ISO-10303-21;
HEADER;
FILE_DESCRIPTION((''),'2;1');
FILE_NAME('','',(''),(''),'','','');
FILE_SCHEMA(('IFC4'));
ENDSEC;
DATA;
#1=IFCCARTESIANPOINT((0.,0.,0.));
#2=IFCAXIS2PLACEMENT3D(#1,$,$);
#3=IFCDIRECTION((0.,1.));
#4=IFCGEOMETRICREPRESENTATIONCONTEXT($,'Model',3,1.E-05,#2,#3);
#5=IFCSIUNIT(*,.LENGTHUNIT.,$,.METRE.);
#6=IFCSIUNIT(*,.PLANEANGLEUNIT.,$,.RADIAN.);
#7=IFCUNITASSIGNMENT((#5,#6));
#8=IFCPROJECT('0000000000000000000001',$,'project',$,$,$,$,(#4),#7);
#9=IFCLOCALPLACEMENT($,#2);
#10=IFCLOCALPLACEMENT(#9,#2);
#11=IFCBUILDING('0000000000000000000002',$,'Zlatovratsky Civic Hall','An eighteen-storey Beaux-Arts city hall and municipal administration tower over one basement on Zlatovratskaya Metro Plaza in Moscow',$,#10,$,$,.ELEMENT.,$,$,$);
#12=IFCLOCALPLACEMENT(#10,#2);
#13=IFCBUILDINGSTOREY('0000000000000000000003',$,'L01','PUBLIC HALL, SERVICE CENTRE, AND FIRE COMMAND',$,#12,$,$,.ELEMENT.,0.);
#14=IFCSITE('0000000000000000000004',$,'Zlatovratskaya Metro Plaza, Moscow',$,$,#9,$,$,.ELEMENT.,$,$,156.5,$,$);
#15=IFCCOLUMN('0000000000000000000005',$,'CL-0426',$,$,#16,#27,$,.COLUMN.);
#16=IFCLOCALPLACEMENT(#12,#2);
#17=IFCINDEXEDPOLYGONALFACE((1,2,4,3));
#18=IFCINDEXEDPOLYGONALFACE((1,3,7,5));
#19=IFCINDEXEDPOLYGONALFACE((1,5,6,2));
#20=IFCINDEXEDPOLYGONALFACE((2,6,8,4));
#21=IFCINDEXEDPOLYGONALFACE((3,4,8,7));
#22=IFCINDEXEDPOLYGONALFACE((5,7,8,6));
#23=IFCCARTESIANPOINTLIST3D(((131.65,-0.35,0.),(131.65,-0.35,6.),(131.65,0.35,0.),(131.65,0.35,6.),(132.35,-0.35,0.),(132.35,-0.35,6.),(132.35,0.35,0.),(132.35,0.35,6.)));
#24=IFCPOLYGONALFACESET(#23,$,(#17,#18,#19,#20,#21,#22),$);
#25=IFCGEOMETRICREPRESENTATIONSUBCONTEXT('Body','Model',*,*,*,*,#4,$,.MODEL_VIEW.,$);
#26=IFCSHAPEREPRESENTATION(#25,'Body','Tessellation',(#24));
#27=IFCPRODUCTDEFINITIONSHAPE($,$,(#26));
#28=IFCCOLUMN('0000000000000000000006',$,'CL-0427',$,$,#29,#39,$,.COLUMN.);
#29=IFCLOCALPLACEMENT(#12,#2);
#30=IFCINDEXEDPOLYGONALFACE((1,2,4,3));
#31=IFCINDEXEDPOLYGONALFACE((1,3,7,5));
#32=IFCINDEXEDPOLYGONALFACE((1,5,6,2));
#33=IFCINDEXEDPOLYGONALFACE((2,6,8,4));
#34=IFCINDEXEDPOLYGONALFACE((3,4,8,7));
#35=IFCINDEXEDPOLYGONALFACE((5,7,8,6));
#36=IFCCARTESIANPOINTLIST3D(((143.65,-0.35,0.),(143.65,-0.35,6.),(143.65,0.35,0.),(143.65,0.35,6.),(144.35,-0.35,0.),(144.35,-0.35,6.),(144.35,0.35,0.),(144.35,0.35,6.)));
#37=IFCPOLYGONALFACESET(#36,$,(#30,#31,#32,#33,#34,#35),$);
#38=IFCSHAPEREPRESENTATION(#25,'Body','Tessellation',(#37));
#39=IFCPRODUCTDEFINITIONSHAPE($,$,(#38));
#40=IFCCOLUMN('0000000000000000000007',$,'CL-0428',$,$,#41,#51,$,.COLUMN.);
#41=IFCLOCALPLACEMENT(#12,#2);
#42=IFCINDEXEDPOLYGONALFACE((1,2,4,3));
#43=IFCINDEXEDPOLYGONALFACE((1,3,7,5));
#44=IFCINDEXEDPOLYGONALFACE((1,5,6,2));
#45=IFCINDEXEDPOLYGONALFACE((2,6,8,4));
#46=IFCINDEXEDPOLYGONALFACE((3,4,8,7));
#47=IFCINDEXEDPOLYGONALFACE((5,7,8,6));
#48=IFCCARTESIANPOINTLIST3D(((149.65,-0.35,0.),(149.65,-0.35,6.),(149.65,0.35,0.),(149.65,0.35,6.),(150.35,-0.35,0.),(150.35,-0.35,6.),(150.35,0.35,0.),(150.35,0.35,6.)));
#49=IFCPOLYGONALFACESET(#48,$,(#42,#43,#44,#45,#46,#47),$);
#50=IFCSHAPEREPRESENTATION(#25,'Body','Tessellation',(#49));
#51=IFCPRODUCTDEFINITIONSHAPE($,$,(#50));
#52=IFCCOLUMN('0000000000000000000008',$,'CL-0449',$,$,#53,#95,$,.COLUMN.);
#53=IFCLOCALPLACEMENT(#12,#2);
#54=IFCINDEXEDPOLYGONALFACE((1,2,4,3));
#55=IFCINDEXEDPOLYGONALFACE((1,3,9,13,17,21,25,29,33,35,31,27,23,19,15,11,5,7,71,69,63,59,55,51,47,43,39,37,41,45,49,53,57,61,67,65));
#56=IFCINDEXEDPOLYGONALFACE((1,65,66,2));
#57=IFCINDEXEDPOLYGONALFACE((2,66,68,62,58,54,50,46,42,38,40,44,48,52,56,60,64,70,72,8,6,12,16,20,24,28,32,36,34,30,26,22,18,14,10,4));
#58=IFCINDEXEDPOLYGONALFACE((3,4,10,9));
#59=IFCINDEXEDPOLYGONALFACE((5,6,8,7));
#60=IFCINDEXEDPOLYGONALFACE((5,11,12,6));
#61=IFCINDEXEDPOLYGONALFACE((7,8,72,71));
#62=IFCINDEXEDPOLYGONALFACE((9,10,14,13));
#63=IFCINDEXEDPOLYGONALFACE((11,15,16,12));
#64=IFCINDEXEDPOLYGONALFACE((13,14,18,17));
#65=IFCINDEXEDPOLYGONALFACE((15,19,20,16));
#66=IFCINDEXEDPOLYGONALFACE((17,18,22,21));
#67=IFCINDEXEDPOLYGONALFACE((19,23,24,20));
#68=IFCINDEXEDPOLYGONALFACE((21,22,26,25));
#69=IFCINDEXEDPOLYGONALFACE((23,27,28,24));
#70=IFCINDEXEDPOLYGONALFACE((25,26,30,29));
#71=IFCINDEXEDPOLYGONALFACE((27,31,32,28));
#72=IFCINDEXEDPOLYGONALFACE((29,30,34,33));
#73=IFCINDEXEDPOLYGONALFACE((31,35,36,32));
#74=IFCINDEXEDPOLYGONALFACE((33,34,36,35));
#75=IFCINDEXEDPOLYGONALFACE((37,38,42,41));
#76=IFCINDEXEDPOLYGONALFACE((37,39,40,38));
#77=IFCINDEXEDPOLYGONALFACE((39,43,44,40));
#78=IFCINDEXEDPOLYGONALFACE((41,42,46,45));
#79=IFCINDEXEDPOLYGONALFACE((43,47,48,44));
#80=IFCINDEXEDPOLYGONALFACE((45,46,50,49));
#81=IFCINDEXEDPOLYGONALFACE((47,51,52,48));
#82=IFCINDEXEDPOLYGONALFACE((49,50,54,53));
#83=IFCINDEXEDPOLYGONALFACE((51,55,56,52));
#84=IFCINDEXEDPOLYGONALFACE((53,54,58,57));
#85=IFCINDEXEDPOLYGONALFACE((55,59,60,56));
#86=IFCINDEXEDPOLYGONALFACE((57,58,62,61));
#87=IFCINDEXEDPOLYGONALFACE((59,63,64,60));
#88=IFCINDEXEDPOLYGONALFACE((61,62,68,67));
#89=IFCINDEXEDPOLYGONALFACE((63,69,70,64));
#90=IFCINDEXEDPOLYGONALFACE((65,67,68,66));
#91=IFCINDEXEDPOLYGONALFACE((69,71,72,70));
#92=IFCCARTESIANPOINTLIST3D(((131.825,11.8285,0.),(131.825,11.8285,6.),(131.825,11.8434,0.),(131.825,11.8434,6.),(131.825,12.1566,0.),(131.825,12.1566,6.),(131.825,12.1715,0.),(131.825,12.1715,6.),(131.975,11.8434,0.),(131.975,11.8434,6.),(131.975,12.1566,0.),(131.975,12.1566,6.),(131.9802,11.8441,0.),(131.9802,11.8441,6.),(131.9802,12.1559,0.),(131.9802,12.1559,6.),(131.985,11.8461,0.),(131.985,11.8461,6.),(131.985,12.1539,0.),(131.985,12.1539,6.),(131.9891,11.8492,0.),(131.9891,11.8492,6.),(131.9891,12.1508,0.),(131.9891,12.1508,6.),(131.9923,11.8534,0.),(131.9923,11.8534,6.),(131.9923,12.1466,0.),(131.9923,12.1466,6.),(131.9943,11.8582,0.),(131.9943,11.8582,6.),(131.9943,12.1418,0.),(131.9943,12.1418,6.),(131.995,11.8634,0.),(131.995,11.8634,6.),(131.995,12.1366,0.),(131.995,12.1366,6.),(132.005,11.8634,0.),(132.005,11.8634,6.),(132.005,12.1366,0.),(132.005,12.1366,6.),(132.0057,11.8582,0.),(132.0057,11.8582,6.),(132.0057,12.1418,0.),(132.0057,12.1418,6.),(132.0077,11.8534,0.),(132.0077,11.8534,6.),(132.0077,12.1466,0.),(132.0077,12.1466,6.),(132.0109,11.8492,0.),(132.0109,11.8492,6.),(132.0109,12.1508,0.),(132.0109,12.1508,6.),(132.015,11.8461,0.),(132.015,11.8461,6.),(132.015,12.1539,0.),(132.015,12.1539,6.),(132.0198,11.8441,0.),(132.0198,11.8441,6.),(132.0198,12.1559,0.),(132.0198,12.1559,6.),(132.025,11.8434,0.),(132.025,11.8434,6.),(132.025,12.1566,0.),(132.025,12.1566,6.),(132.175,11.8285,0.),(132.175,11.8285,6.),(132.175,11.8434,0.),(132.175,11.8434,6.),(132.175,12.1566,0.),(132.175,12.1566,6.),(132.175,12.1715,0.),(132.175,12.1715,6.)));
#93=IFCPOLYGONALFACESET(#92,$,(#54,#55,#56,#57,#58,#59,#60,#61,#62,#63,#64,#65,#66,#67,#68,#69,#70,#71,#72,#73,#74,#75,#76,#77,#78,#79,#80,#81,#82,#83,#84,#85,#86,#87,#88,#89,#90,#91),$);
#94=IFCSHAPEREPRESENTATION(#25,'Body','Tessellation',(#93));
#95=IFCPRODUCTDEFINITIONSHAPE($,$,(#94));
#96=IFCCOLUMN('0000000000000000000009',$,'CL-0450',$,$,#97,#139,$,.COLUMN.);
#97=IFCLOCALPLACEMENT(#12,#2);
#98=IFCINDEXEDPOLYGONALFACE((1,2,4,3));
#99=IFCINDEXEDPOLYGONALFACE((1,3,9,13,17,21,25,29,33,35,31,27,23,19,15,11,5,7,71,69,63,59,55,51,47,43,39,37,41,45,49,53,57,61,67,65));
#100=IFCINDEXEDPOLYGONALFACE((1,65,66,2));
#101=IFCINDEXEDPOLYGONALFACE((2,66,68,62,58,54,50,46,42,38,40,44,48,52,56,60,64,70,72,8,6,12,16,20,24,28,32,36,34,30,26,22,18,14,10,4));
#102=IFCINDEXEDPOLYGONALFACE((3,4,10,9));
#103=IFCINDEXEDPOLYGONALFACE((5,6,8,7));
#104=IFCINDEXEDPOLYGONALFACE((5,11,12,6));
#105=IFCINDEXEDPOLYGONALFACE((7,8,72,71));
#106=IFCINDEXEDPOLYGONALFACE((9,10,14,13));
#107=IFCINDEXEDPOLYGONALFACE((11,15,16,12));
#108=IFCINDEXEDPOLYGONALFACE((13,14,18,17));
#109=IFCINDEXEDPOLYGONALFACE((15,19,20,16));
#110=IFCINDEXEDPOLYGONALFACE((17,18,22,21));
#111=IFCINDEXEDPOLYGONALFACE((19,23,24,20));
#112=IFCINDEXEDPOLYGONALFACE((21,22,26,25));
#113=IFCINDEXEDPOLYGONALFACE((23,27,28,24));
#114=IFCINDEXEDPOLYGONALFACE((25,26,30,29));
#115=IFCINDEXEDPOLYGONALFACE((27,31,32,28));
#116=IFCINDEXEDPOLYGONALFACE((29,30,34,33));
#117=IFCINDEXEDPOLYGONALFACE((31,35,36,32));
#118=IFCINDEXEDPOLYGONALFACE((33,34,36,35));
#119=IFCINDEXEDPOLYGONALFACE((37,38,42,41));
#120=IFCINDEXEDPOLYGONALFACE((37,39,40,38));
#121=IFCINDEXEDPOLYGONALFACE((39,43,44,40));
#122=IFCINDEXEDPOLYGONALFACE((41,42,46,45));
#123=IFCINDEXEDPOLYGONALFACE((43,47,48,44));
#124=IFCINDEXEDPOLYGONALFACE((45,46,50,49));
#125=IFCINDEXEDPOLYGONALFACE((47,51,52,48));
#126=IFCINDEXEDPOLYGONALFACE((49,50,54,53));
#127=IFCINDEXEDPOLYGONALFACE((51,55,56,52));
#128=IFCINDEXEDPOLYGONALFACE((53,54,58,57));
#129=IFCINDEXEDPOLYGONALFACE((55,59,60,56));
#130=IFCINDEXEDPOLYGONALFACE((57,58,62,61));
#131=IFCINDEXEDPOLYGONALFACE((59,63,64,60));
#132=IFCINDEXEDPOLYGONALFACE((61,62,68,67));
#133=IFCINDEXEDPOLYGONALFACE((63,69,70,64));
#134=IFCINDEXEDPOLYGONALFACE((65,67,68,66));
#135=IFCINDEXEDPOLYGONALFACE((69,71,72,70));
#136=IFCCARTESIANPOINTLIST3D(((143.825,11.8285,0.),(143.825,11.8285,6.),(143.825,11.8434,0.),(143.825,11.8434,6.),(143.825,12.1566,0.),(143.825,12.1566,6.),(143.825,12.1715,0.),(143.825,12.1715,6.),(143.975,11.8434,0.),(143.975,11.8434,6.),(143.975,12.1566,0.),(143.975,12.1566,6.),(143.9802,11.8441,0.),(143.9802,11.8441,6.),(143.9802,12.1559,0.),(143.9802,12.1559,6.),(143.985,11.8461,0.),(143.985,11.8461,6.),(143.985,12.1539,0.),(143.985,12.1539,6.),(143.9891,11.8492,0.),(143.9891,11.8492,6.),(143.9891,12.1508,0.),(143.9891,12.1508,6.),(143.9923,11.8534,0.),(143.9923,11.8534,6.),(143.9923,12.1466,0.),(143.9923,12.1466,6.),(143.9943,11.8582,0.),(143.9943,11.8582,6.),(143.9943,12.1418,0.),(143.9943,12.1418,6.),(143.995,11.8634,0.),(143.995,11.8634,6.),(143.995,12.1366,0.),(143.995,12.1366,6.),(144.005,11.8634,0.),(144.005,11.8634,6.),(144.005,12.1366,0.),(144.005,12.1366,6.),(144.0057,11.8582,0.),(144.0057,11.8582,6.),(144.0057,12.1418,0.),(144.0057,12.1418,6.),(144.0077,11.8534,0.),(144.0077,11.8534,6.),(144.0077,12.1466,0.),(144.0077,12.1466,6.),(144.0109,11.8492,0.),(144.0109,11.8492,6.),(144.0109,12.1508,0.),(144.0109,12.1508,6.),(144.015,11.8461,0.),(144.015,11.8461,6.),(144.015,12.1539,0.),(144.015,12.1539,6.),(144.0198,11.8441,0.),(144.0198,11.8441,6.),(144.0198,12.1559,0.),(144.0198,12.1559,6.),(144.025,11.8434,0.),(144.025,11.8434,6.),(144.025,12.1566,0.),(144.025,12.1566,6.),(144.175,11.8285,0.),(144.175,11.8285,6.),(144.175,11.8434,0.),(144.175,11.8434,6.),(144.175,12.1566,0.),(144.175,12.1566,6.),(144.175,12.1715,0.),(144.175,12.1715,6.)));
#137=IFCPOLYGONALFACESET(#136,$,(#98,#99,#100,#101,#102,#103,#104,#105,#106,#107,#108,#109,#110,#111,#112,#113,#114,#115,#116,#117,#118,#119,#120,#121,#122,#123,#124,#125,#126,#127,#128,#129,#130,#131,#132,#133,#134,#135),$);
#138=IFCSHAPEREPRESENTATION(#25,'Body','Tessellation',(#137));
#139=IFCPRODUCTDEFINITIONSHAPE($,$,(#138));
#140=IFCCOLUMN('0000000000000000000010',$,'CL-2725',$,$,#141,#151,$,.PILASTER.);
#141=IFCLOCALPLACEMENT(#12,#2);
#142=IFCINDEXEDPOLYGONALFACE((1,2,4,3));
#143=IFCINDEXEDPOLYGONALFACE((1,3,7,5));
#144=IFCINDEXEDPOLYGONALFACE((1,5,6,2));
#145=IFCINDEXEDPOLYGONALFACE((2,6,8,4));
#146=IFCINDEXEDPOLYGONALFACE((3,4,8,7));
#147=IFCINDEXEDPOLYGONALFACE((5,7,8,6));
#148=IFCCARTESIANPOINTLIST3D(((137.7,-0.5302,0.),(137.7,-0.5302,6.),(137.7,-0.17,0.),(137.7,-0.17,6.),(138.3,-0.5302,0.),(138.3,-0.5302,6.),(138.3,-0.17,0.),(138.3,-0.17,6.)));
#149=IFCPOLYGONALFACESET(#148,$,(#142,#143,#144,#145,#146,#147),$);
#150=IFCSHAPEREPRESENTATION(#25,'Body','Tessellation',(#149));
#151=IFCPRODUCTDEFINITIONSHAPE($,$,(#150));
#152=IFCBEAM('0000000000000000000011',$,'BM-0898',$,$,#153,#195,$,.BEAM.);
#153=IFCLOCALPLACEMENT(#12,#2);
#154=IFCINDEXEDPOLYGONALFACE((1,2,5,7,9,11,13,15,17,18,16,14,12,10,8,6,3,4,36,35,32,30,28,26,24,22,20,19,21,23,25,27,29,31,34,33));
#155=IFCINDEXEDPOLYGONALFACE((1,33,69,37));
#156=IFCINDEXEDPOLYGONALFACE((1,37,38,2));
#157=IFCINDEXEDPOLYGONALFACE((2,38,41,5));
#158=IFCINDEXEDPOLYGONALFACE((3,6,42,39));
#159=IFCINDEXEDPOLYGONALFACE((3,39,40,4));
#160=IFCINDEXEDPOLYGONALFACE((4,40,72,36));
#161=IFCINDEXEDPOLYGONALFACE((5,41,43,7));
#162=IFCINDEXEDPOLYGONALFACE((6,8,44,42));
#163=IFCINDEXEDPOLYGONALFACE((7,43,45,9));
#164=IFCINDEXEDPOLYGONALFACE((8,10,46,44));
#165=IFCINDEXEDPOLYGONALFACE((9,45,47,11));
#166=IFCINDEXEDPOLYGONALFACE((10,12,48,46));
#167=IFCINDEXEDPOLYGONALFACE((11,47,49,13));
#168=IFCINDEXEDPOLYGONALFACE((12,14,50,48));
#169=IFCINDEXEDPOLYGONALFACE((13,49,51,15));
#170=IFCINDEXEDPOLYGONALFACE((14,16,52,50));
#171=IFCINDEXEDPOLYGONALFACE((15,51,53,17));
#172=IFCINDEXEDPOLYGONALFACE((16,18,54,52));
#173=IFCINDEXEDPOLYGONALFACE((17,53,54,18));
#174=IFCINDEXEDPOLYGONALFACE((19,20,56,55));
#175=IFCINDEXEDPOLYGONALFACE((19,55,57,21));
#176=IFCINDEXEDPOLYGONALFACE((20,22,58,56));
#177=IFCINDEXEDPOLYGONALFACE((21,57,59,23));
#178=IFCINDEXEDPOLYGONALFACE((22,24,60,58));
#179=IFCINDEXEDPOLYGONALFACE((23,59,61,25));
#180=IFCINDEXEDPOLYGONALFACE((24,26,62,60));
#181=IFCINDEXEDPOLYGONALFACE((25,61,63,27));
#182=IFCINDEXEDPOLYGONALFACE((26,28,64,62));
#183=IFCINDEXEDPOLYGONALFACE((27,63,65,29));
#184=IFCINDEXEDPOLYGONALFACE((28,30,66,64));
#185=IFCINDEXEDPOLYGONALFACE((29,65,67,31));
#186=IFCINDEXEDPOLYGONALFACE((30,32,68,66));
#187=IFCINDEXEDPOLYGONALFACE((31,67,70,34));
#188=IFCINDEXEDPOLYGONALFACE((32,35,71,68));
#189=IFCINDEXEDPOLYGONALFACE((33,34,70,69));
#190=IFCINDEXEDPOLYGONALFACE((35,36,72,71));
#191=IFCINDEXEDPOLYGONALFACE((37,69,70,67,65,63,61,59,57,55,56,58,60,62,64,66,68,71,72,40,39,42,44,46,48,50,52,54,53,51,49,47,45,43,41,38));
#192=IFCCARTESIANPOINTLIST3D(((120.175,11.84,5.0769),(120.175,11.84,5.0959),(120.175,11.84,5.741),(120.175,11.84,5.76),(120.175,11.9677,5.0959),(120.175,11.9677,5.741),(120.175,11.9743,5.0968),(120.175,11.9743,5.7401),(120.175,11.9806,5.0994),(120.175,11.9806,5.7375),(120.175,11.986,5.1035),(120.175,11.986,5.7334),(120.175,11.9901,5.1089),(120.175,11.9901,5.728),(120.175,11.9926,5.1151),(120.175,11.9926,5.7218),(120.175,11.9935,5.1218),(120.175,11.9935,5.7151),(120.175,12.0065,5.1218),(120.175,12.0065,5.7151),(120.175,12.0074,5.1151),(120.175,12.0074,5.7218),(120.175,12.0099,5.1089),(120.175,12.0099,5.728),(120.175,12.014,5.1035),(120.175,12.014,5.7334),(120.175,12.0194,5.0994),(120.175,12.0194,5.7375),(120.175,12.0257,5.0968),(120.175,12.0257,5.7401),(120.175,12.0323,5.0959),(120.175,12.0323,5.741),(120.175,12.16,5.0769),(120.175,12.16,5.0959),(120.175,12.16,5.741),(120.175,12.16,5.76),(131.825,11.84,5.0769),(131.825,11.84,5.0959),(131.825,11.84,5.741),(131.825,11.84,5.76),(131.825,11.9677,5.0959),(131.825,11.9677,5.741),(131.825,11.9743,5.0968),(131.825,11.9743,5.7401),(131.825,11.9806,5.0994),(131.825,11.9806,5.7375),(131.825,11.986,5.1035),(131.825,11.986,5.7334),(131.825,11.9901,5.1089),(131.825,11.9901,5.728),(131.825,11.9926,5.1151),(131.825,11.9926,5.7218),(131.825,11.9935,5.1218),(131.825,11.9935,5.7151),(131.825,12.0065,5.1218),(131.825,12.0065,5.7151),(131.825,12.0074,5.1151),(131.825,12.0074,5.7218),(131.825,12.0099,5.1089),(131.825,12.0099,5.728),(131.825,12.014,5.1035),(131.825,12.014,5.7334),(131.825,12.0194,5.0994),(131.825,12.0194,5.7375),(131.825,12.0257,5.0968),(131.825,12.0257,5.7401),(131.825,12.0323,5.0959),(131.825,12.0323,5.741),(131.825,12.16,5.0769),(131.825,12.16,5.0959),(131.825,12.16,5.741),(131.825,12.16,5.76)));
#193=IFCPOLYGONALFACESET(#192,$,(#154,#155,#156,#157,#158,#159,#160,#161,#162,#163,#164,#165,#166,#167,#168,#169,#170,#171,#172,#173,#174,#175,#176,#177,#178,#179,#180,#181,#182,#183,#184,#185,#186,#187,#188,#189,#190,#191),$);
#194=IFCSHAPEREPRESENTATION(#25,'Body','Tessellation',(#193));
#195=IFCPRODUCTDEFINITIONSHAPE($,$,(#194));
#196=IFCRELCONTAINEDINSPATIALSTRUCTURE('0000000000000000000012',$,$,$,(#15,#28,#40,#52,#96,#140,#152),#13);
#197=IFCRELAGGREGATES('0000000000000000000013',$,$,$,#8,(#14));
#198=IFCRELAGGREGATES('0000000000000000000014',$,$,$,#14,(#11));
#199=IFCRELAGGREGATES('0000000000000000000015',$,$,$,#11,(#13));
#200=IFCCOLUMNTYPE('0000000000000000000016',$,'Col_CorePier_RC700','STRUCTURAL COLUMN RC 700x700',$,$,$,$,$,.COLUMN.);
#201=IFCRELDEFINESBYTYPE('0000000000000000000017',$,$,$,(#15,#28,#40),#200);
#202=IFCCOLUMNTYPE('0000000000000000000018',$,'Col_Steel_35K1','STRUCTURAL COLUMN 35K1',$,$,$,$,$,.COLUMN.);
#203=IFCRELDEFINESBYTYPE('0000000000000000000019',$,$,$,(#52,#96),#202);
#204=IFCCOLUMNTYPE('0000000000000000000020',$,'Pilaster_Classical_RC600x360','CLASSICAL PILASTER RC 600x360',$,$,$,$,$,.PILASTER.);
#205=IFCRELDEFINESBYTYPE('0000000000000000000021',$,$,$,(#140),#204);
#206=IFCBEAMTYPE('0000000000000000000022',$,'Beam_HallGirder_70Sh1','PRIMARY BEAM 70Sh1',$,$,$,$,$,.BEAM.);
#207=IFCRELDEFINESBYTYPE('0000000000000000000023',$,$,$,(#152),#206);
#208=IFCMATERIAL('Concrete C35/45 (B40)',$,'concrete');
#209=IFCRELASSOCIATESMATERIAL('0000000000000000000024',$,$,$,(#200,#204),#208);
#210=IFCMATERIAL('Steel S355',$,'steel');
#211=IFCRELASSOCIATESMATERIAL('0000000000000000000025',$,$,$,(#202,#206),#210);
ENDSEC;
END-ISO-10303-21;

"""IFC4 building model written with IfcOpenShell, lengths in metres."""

from ifc_helpers import new_model, si_unit, direction, frame, origin, origin_2d, place, context, subcontext, project, spatial, rectangle, i_section, extrude, material, material_profile, profile_set, type_object, element, save


model = new_model("IFC4")

# Units and contexts
model_context = context("Model", 3, precision=1e-05, world=origin(), true_north=direction((0.0, 1.0)))
body_context = subcontext(model_context, "Body", "Model", "MODEL_VIEW")
ifc_project = project(units=[si_unit("LENGTHUNIT", "METRE"), si_unit("PLANEANGLEUNIT", "RADIAN")], contexts=[model_context])

# Site, building, storey
site_placement = place(None, origin())
site = spatial("IfcSite", under=ifc_project, at=site_placement, Name="Zlatovratskaya Metro Plaza, Moscow", CompositionType="ELEMENT", RefElevation=156.5)
building_placement = place(site_placement, origin())
building = spatial("IfcBuilding", under=site, at=building_placement, Name="Zlatovratsky Civic Hall", Description="An eighteen-storey Beaux-Arts city hall and municipal administration tower over one basement on Zlatovratskaya Metro Plaza in Moscow", CompositionType="ELEMENT")
storey_placement = place(building_placement, origin())
storey = spatial("IfcBuildingStorey", under=building, at=storey_placement, Name="L01", Description="PUBLIC HALL, SERVICE CENTRE, AND FIRE COMMAND", CompositionType="ELEMENT", Elevation=0.0)

# Columns
ifc_material_1 = material(Name="Concrete C35/45 (B40)", Category="concrete")
ifc_material_profile_1 = material_profile(ifc_material_1, rectangle(XDim=0.7, YDim=0.7, at=origin_2d()), Name="RC 700x700")
ifc_profile_set_1 = profile_set([ifc_material_profile_1], Name="Concrete C35/45 (B40)")
column_type_1 = type_object("IfcColumnType", Name="Col_CorePier_RC700", Description="STRUCTURAL COLUMN RC 700x700", PredefinedType="COLUMN", material=ifc_profile_set_1)
for number, where, z_axis, x_axis, name in (
    (1, (132.0, 0.0, 0.0), (0.0, 0.0, 1.0), (1.0, 0.0, 0.0), "CL-0426"),
    (2, (144.0, 0.0, 0.0), (0.0, 0.0, 1.0), (1.0, 0.0, 0.0), "CL-0427"),
    (3, (150.0, 0.0, 0.0), (0.0, 0.0, 1.0), (1.0, 0.0, 0.0), "CL-0428"),
):
    element("IfcColumn", number, at=place(storey_placement, frame(where, z_axis=z_axis, x_axis=x_axis)), inside=storey, type_object=column_type_1, Name=name, PredefinedType="COLUMN", context=body_context, shape_type="SweptSolid", body=[
        extrude(rectangle(XDim=0.7, YDim=0.7, at=origin_2d()), origin(), (0.0, 0.0, 1.0), 6.0),
    ])
ifc_material_2 = material(Name="Steel S355", Category="steel")
ifc_material_profile_2 = material_profile(ifc_material_2, i_section(OverallWidth=0.3501, OverallDepth=0.343, WebThickness=0.01, FlangeThickness=0.0149, FilletRadius=0.02, at=origin_2d()), Name="35K1")
ifc_profile_set_2 = profile_set([ifc_material_profile_2], Name="Steel S355")
column_type_2 = type_object("IfcColumnType", Name="Col_Steel_35K1", Description="STRUCTURAL COLUMN 35K1", PredefinedType="COLUMN", material=ifc_profile_set_2)
for number, where, z_axis, x_axis, name in (
    (4, (132.0, 12.0, 0.0), (0.0, 0.0, 1.0), (1.0, 0.0, 0.0), "CL-0449"),
    (5, (144.0, 12.0, 0.0), (0.0, 0.0, 1.0), (1.0, 0.0, 0.0), "CL-0450"),
):
    element("IfcColumn", number, at=place(storey_placement, frame(where, z_axis=z_axis, x_axis=x_axis)), inside=storey, type_object=column_type_2, Name=name, PredefinedType="COLUMN", context=body_context, shape_type="SweptSolid", body=[
        extrude(i_section(OverallWidth=0.3501, OverallDepth=0.343, WebThickness=0.01, FlangeThickness=0.0149, FilletRadius=0.02, at=origin_2d()), origin(), (0.0, 0.0, 1.0), 6.0),
    ])
ifc_material_profile_3 = material_profile(ifc_material_1, rectangle(XDim=0.6001, YDim=0.3601, at=origin_2d()), Name="RC 600x360")
ifc_profile_set_3 = profile_set([ifc_material_profile_3], Name="Concrete C35/45 (B40)")
column_type_3 = type_object("IfcColumnType", Name="Pilaster_Classical_RC600x360", Description="CLASSICAL PILASTER RC 600x360", PredefinedType="PILASTER", material=ifc_profile_set_3)
column_placement = place(storey_placement, frame((138.0, -0.3501, 0.0), z_axis=(0.0, 0.0, 1.0), x_axis=(1.0, 0.0, 0.0)))
element("IfcColumn", 6, at=column_placement, inside=storey, type_object=column_type_3, Name="CL-2725", PredefinedType="PILASTER", context=body_context, shape_type="SweptSolid", body=[
    extrude(rectangle(XDim=0.6001, YDim=0.3601, at=origin_2d()), origin(), (0.0, 0.0, 1.0), 6.0),
])

# Beam
ifc_material_profile_4 = material_profile(ifc_material_2, i_section(OverallWidth=0.3201, OverallDepth=0.6831, WebThickness=0.0129, FlangeThickness=0.019, FilletRadius=0.0259, at=origin_2d()), Name="70Sh1")
ifc_profile_set_4 = profile_set([ifc_material_profile_4], Name="Steel S355")
beam_type_1 = type_object("IfcBeamType", Name="Beam_HallGirder_70Sh1", Description="PRIMARY BEAM 70Sh1", PredefinedType="BEAM", material=ifc_profile_set_4)
for number, where, z_axis, x_axis, name in (
    (7, (120.175, 12.0, 5.4185), (1.0, 0.0, 0.0), (0.0, 1.0, 0.0), "BM-0898"),
):
    element("IfcBeam", number, at=place(storey_placement, frame(where, z_axis=z_axis, x_axis=x_axis)), inside=storey, type_object=beam_type_1, Name=name, PredefinedType="BEAM", context=body_context, shape_type="SweptSolid", body=[
        extrude(i_section(OverallWidth=0.3201, OverallDepth=0.6831, WebThickness=0.0129, FlangeThickness=0.019, FilletRadius=0.0259, at=origin_2d()), origin(), (0.0, 0.0, 1.0), 11.6499),
    ])

save(model, "model.ifc")
